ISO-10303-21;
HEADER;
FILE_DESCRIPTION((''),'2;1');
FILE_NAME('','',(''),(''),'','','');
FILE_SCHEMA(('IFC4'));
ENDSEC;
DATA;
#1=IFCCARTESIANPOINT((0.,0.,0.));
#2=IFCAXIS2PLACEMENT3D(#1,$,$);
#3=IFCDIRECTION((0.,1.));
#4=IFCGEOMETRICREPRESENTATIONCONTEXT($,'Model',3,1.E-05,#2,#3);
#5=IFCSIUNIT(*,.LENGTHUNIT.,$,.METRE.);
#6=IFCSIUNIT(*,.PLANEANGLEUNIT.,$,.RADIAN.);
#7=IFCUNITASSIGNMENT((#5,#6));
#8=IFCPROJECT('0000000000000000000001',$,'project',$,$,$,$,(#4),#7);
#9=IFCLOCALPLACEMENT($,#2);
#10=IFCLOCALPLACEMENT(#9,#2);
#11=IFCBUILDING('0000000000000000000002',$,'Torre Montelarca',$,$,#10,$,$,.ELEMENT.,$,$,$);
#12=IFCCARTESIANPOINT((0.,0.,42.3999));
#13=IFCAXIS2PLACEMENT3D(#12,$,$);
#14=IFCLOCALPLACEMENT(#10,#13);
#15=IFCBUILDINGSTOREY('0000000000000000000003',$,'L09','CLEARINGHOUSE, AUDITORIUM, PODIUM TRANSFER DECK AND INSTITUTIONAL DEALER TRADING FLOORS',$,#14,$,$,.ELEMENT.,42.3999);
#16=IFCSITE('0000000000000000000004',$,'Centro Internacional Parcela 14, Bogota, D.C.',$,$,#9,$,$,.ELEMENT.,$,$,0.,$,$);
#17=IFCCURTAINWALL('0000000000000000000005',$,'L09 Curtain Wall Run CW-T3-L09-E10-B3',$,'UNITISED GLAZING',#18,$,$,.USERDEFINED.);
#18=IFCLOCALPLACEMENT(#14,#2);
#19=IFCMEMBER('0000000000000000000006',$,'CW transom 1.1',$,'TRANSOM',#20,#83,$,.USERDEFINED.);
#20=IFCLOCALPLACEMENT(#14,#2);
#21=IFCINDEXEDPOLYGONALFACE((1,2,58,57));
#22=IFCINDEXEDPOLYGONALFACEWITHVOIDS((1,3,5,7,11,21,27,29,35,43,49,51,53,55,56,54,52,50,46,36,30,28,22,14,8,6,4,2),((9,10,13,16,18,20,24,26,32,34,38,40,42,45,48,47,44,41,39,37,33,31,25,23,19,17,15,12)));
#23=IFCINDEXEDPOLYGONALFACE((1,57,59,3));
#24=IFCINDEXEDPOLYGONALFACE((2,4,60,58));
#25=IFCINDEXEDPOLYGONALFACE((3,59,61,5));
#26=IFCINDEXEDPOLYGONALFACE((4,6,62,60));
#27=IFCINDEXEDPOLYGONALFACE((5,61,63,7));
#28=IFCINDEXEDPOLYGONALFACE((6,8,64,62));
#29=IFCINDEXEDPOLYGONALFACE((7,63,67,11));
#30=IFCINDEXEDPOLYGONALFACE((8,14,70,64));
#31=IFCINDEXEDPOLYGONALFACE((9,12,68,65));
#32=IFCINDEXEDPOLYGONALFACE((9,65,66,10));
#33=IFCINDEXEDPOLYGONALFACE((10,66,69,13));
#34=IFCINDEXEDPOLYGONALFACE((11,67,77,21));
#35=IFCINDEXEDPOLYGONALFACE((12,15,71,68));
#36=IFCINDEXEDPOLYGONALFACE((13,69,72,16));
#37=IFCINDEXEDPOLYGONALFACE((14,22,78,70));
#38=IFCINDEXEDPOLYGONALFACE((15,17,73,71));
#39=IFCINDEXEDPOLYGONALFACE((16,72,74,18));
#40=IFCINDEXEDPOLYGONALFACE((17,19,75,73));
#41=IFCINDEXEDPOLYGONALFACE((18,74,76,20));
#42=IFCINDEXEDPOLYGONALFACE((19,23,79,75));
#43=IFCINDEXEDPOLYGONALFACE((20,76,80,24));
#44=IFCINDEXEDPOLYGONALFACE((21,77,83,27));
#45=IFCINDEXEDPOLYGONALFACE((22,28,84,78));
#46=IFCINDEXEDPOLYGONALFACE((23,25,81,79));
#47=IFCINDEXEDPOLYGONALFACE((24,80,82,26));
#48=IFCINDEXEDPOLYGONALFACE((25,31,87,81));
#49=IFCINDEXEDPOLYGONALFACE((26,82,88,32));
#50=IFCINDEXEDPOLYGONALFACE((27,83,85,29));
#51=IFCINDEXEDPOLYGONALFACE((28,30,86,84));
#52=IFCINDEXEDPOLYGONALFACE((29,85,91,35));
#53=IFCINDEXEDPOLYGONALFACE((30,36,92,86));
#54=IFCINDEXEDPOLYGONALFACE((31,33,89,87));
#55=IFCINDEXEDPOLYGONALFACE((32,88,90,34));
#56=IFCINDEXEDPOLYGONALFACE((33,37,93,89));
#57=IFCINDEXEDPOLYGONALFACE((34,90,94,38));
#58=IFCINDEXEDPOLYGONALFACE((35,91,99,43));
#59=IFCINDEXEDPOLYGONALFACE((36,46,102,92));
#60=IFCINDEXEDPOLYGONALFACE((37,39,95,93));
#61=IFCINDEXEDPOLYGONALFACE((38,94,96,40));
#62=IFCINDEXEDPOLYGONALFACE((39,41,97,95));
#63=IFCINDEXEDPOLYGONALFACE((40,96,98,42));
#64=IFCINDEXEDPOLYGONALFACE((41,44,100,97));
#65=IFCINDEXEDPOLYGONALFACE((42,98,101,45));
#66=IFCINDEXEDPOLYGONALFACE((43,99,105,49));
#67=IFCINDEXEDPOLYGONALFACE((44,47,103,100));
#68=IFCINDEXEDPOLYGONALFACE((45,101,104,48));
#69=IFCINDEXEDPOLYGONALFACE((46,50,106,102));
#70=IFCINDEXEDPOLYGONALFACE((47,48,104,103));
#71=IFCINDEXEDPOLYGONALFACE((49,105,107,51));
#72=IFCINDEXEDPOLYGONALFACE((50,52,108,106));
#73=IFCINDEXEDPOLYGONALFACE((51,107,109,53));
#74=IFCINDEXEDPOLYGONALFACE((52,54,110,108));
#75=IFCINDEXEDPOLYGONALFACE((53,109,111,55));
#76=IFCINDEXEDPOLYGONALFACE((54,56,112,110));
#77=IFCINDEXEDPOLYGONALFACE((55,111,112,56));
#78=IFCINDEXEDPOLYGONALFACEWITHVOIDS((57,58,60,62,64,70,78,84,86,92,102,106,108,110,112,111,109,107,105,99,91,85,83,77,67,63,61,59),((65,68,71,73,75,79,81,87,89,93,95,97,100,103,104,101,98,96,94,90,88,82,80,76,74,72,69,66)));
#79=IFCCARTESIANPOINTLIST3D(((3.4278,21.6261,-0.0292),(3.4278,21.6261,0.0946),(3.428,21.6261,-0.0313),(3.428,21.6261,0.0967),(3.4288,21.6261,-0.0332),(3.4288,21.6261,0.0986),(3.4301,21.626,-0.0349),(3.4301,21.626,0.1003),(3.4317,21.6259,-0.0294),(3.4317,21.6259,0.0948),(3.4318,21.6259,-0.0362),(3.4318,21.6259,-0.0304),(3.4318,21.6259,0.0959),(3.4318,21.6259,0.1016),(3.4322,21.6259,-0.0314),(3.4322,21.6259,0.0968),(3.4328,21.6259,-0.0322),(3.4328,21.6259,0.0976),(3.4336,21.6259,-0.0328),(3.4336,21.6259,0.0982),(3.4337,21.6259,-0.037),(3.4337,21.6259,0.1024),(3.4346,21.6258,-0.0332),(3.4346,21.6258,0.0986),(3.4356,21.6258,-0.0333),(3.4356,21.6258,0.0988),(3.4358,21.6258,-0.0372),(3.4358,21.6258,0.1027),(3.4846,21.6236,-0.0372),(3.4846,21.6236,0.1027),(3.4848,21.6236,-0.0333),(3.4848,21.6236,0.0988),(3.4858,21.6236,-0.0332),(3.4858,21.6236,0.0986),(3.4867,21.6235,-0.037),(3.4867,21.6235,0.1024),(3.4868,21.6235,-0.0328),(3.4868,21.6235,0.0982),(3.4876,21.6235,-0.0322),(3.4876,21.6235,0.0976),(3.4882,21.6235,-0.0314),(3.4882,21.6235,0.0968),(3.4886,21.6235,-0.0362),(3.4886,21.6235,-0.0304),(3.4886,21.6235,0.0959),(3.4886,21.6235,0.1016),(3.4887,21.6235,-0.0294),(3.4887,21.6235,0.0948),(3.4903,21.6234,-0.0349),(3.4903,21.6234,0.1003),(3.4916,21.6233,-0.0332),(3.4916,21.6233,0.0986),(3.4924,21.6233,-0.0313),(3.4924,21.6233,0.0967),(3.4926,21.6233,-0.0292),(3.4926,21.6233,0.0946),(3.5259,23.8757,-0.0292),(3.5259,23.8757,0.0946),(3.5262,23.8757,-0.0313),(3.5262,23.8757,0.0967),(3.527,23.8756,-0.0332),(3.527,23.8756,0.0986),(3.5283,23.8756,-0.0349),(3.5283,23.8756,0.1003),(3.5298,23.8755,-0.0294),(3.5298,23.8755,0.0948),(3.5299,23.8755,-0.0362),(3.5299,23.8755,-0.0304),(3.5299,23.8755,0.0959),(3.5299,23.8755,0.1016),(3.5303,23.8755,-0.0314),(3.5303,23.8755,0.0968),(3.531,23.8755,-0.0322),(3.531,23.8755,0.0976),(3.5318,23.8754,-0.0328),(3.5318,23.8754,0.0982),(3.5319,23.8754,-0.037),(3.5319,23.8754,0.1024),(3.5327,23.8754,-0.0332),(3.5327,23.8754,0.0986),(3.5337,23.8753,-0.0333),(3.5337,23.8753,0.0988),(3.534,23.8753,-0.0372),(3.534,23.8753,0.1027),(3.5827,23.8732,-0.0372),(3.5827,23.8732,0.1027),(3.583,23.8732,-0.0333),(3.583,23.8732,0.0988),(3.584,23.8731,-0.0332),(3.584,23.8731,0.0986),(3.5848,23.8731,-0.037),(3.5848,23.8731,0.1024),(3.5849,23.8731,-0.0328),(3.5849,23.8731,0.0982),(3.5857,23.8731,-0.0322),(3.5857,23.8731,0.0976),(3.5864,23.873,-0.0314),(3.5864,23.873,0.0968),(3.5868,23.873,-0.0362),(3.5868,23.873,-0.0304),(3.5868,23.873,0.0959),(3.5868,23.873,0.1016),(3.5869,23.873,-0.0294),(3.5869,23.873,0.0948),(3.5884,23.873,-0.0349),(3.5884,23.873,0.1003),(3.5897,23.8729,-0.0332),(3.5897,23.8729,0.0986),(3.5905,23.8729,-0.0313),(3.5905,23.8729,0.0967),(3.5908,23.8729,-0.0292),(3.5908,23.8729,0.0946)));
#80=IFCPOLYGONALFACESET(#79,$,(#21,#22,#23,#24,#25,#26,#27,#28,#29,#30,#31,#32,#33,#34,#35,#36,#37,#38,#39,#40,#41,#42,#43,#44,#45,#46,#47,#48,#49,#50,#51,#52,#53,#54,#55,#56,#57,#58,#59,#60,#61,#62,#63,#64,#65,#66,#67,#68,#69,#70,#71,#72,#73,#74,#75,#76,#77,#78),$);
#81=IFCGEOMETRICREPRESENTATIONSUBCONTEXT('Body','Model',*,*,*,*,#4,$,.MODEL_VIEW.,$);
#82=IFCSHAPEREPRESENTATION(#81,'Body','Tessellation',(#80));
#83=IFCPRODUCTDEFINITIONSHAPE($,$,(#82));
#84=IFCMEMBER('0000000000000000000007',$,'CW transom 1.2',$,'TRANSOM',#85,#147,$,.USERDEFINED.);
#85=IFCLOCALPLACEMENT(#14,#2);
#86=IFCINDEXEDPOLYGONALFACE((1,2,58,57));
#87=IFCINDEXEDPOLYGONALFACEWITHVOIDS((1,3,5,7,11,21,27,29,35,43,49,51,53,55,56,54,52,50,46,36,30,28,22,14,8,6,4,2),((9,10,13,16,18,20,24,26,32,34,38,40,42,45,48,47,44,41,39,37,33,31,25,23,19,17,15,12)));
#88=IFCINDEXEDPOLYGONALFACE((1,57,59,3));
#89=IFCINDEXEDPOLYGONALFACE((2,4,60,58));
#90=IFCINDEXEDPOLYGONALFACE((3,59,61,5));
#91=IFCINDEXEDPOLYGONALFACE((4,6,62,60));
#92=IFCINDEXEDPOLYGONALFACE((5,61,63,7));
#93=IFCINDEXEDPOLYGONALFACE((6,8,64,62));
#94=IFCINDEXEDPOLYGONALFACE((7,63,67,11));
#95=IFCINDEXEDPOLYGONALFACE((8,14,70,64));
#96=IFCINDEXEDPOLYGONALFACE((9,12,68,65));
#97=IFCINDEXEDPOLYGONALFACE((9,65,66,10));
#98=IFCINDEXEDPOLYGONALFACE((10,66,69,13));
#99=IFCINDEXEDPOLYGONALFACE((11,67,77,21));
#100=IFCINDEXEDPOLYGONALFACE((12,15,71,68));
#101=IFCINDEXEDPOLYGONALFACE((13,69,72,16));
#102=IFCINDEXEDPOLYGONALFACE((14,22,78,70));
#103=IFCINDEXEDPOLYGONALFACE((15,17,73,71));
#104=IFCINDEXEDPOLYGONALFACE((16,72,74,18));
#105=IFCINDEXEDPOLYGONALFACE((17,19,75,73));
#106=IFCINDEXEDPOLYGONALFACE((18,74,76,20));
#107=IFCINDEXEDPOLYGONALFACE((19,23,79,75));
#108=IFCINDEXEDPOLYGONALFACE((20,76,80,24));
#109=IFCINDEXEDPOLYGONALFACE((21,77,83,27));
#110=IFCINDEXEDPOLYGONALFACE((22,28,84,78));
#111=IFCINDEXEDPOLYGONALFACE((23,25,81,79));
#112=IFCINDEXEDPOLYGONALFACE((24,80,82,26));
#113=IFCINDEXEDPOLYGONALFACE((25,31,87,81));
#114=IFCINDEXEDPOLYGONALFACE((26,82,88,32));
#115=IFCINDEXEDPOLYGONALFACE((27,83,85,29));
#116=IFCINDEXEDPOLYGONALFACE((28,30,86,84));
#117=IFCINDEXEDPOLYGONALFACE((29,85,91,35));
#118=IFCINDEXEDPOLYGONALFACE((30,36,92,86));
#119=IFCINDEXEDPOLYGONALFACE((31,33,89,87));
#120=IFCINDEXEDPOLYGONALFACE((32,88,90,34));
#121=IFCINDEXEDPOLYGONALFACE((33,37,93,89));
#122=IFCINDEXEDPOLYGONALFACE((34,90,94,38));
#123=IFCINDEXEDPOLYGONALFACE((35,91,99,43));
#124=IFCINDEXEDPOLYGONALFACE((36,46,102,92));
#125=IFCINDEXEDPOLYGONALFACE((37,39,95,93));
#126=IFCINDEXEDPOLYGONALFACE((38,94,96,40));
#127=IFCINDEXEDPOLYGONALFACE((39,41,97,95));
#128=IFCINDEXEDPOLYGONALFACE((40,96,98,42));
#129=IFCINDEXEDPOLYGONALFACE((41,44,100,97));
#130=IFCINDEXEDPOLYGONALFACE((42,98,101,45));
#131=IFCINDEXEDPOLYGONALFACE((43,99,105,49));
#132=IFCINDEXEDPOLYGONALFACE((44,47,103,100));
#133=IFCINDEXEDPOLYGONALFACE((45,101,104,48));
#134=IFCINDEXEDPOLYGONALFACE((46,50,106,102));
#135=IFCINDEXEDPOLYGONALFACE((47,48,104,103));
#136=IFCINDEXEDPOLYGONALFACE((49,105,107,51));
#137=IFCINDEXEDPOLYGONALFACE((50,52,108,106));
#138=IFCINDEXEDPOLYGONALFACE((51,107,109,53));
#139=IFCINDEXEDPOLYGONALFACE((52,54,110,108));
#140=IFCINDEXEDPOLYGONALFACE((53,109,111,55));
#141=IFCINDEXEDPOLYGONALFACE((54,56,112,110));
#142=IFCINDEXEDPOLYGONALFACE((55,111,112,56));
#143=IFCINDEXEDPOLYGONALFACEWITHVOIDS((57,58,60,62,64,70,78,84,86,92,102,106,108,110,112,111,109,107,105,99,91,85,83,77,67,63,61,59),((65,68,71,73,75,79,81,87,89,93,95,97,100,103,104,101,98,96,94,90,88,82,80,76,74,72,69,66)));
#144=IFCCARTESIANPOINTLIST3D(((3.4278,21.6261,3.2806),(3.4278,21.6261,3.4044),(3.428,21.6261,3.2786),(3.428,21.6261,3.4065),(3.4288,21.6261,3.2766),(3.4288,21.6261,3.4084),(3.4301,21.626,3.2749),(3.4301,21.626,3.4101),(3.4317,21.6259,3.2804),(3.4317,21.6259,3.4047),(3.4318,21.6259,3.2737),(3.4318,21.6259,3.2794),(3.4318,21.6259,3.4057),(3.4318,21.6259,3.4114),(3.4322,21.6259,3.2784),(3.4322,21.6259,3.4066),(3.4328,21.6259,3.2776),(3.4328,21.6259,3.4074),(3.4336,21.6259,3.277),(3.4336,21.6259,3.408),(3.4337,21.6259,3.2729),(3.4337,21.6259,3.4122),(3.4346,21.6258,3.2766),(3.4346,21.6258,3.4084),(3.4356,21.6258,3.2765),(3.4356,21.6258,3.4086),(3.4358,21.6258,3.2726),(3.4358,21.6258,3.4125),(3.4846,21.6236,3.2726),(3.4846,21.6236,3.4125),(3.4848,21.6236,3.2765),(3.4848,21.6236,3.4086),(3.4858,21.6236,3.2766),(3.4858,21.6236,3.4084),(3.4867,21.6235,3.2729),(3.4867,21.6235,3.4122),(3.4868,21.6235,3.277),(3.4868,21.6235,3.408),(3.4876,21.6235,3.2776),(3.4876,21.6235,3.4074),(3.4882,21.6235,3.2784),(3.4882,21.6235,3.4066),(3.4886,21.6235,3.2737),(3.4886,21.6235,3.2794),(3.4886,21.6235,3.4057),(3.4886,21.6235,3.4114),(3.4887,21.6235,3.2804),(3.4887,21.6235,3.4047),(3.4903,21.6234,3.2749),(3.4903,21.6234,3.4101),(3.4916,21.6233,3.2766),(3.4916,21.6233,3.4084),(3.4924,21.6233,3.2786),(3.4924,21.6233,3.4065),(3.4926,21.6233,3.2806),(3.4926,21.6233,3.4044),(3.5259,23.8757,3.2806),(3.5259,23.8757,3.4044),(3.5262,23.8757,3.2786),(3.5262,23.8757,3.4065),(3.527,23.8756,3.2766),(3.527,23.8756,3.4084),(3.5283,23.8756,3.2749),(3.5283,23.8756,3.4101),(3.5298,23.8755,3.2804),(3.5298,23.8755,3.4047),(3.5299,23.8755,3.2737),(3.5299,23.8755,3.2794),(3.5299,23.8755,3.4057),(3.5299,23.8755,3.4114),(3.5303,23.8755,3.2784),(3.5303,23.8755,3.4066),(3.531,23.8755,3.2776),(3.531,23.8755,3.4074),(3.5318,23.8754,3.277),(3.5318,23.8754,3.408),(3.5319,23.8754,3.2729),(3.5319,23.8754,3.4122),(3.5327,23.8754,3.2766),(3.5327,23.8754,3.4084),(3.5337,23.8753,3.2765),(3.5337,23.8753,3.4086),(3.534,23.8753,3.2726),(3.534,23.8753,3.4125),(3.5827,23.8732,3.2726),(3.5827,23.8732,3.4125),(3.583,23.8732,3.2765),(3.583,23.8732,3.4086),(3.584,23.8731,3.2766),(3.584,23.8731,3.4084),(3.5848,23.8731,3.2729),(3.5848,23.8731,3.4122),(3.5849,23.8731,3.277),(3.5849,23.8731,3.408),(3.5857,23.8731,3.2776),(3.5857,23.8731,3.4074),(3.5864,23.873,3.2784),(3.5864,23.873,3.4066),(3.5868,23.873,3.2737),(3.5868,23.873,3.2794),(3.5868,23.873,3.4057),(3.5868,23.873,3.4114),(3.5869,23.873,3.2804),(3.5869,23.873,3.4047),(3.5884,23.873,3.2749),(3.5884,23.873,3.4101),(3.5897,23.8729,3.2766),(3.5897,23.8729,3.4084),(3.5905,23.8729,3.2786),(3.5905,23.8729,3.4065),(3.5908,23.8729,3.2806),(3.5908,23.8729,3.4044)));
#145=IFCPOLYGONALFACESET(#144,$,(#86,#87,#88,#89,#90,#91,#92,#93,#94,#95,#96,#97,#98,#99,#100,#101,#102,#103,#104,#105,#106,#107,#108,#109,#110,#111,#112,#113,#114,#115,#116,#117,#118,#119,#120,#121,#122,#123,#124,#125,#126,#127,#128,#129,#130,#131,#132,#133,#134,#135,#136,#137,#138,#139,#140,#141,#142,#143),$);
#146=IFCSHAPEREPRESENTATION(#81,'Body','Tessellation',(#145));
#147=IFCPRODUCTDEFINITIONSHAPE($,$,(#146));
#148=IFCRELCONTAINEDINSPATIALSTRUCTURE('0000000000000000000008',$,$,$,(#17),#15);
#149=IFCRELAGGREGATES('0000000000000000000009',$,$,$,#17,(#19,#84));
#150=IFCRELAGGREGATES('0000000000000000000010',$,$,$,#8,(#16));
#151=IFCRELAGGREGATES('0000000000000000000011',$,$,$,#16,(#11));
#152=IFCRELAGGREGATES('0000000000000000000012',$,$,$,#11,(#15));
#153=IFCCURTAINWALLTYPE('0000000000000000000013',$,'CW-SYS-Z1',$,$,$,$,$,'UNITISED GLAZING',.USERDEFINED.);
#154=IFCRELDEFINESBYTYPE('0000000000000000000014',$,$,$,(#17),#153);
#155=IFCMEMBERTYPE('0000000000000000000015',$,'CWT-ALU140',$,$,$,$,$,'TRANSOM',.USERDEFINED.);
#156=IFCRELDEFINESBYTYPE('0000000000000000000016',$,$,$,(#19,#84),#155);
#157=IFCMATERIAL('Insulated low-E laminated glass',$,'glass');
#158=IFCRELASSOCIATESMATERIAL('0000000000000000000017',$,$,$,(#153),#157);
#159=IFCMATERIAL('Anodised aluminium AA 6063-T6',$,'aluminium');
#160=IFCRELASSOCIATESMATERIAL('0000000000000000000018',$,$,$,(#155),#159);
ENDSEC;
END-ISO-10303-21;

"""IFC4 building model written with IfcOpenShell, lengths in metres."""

from ifc_helpers import new_model, si_unit, direction, frame, origin, origin_2d, place, context, subcontext, project, spatial, hollow_rectangle, extrude, source, transform, mapped, material, material_profile, profile_set, type_object, element, aggregate, save


model = new_model("IFC4")

# Units and contexts
model_context = context("Model", 3, precision=1e-05, world=origin(), true_north=direction((0.0, 1.0)))
body_context = subcontext(model_context, "Body", "Model", "MODEL_VIEW")
ifc_project = project(units=[si_unit("LENGTHUNIT", "METRE"), si_unit("PLANEANGLEUNIT", "RADIAN")], contexts=[model_context])

# Site, building, storey
site_placement = place(None, origin())
site = spatial("IfcSite", under=ifc_project, at=site_placement, Name="Centro Internacional Parcela 14, Bogota, D.C.", CompositionType="ELEMENT", RefElevation=0.0)
building_placement = place(site_placement, origin())
building = spatial("IfcBuilding", under=site, at=building_placement, Name="Torre Montelarca", CompositionType="ELEMENT")
storey_placement = place(building_placement, frame((0.0, 0.0, 42.3999)))
storey = spatial("IfcBuildingStorey", under=building, at=storey_placement, Name="L09", Description="CLEARINGHOUSE, AUDITORIUM, PODIUM TRANSFER DECK AND INSTITUTIONAL DEALER TRADING FLOORS", CompositionType="ELEMENT", Elevation=42.3999)

# Shared definitions
ifc_material_1 = material(Name="Insulated low-E laminated glass", Category="glass")
curtain_wall_type = type_object("IfcCurtainWallType", Name="CW-SYS-Z1", ElementType="UNITISED GLAZING", PredefinedType="USERDEFINED", material=ifc_material_1)
ifc_material_2 = material(Name="Anodised aluminium AA 6063-T6", Category="aluminium")

# Curtain wall, members
curtain_wall_1_placement = place(storey_placement, origin())
curtain_wall_1 = element("IfcCurtainWall", 1, at=curtain_wall_1_placement, inside=storey, type_object=curtain_wall_type, Name="L09 Curtain Wall Run CW-T3-L09-E10-B3", ObjectType="UNITISED GLAZING", PredefinedType="USERDEFINED")
ifc_material_profile_1 = material_profile(ifc_material_2, hollow_rectangle(XDim=0.0649, YDim=0.1399, WallThickness=0.0039, InnerFilletRadius=0.0039, OuterFilletRadius=0.0081, at=origin_2d()), Name="ALU65X140X4", Category="aluminium")
ifc_profile_set_1 = profile_set([ifc_material_profile_1], Name="Anodised aluminium AA 6063-T6")
member_type_1 = type_object("IfcMemberType", Name="CWT-ALU140", ElementType="TRANSOM", PredefinedType="USERDEFINED", material=ifc_profile_set_1)
shared_shape_1 = source(origin(), body_context, "Body", "SweptSolid", [
    extrude(hollow_rectangle(XDim=0.0649, YDim=0.1399, WallThickness=0.0039, InnerFilletRadius=0.0039, OuterFilletRadius=0.0081, at=origin_2d()), origin(), (0.0, 0.0, 1.0), 2.2517),
])
member_1_placement = place(storey_placement, frame((3.5583, 23.8743, 0.0327), z_axis=(-0.043588, -0.99905, 0.0), x_axis=(0.99905, -0.043588, 0.0)))
member_1 = element("IfcMember", 2, at=member_1_placement, type_object=member_type_1, Name="CW transom 1.1", ObjectType="TRANSOM", PredefinedType="USERDEFINED", context=body_context, shape_type="MappedRepresentation", body=[
    mapped(shared_shape_1, transform((0.0, 0.0, 0.0), scale=1.0)),
])
member_2_placement = place(storey_placement, frame((3.5583, 23.8743, 3.3425), z_axis=(-0.043588, -0.99905, 0.0), x_axis=(0.99905, -0.043588, 0.0)))
member_2 = element("IfcMember", 3, at=member_2_placement, type_object=member_type_1, Name="CW transom 1.2", ObjectType="TRANSOM", PredefinedType="USERDEFINED", context=body_context, shape_type="MappedRepresentation", body=[
    mapped(shared_shape_1, transform((0.0, 0.0, 0.0), scale=1.0)),
])

aggregate(curtain_wall_1, [member_1, member_2])

save(model, "model.ifc")
